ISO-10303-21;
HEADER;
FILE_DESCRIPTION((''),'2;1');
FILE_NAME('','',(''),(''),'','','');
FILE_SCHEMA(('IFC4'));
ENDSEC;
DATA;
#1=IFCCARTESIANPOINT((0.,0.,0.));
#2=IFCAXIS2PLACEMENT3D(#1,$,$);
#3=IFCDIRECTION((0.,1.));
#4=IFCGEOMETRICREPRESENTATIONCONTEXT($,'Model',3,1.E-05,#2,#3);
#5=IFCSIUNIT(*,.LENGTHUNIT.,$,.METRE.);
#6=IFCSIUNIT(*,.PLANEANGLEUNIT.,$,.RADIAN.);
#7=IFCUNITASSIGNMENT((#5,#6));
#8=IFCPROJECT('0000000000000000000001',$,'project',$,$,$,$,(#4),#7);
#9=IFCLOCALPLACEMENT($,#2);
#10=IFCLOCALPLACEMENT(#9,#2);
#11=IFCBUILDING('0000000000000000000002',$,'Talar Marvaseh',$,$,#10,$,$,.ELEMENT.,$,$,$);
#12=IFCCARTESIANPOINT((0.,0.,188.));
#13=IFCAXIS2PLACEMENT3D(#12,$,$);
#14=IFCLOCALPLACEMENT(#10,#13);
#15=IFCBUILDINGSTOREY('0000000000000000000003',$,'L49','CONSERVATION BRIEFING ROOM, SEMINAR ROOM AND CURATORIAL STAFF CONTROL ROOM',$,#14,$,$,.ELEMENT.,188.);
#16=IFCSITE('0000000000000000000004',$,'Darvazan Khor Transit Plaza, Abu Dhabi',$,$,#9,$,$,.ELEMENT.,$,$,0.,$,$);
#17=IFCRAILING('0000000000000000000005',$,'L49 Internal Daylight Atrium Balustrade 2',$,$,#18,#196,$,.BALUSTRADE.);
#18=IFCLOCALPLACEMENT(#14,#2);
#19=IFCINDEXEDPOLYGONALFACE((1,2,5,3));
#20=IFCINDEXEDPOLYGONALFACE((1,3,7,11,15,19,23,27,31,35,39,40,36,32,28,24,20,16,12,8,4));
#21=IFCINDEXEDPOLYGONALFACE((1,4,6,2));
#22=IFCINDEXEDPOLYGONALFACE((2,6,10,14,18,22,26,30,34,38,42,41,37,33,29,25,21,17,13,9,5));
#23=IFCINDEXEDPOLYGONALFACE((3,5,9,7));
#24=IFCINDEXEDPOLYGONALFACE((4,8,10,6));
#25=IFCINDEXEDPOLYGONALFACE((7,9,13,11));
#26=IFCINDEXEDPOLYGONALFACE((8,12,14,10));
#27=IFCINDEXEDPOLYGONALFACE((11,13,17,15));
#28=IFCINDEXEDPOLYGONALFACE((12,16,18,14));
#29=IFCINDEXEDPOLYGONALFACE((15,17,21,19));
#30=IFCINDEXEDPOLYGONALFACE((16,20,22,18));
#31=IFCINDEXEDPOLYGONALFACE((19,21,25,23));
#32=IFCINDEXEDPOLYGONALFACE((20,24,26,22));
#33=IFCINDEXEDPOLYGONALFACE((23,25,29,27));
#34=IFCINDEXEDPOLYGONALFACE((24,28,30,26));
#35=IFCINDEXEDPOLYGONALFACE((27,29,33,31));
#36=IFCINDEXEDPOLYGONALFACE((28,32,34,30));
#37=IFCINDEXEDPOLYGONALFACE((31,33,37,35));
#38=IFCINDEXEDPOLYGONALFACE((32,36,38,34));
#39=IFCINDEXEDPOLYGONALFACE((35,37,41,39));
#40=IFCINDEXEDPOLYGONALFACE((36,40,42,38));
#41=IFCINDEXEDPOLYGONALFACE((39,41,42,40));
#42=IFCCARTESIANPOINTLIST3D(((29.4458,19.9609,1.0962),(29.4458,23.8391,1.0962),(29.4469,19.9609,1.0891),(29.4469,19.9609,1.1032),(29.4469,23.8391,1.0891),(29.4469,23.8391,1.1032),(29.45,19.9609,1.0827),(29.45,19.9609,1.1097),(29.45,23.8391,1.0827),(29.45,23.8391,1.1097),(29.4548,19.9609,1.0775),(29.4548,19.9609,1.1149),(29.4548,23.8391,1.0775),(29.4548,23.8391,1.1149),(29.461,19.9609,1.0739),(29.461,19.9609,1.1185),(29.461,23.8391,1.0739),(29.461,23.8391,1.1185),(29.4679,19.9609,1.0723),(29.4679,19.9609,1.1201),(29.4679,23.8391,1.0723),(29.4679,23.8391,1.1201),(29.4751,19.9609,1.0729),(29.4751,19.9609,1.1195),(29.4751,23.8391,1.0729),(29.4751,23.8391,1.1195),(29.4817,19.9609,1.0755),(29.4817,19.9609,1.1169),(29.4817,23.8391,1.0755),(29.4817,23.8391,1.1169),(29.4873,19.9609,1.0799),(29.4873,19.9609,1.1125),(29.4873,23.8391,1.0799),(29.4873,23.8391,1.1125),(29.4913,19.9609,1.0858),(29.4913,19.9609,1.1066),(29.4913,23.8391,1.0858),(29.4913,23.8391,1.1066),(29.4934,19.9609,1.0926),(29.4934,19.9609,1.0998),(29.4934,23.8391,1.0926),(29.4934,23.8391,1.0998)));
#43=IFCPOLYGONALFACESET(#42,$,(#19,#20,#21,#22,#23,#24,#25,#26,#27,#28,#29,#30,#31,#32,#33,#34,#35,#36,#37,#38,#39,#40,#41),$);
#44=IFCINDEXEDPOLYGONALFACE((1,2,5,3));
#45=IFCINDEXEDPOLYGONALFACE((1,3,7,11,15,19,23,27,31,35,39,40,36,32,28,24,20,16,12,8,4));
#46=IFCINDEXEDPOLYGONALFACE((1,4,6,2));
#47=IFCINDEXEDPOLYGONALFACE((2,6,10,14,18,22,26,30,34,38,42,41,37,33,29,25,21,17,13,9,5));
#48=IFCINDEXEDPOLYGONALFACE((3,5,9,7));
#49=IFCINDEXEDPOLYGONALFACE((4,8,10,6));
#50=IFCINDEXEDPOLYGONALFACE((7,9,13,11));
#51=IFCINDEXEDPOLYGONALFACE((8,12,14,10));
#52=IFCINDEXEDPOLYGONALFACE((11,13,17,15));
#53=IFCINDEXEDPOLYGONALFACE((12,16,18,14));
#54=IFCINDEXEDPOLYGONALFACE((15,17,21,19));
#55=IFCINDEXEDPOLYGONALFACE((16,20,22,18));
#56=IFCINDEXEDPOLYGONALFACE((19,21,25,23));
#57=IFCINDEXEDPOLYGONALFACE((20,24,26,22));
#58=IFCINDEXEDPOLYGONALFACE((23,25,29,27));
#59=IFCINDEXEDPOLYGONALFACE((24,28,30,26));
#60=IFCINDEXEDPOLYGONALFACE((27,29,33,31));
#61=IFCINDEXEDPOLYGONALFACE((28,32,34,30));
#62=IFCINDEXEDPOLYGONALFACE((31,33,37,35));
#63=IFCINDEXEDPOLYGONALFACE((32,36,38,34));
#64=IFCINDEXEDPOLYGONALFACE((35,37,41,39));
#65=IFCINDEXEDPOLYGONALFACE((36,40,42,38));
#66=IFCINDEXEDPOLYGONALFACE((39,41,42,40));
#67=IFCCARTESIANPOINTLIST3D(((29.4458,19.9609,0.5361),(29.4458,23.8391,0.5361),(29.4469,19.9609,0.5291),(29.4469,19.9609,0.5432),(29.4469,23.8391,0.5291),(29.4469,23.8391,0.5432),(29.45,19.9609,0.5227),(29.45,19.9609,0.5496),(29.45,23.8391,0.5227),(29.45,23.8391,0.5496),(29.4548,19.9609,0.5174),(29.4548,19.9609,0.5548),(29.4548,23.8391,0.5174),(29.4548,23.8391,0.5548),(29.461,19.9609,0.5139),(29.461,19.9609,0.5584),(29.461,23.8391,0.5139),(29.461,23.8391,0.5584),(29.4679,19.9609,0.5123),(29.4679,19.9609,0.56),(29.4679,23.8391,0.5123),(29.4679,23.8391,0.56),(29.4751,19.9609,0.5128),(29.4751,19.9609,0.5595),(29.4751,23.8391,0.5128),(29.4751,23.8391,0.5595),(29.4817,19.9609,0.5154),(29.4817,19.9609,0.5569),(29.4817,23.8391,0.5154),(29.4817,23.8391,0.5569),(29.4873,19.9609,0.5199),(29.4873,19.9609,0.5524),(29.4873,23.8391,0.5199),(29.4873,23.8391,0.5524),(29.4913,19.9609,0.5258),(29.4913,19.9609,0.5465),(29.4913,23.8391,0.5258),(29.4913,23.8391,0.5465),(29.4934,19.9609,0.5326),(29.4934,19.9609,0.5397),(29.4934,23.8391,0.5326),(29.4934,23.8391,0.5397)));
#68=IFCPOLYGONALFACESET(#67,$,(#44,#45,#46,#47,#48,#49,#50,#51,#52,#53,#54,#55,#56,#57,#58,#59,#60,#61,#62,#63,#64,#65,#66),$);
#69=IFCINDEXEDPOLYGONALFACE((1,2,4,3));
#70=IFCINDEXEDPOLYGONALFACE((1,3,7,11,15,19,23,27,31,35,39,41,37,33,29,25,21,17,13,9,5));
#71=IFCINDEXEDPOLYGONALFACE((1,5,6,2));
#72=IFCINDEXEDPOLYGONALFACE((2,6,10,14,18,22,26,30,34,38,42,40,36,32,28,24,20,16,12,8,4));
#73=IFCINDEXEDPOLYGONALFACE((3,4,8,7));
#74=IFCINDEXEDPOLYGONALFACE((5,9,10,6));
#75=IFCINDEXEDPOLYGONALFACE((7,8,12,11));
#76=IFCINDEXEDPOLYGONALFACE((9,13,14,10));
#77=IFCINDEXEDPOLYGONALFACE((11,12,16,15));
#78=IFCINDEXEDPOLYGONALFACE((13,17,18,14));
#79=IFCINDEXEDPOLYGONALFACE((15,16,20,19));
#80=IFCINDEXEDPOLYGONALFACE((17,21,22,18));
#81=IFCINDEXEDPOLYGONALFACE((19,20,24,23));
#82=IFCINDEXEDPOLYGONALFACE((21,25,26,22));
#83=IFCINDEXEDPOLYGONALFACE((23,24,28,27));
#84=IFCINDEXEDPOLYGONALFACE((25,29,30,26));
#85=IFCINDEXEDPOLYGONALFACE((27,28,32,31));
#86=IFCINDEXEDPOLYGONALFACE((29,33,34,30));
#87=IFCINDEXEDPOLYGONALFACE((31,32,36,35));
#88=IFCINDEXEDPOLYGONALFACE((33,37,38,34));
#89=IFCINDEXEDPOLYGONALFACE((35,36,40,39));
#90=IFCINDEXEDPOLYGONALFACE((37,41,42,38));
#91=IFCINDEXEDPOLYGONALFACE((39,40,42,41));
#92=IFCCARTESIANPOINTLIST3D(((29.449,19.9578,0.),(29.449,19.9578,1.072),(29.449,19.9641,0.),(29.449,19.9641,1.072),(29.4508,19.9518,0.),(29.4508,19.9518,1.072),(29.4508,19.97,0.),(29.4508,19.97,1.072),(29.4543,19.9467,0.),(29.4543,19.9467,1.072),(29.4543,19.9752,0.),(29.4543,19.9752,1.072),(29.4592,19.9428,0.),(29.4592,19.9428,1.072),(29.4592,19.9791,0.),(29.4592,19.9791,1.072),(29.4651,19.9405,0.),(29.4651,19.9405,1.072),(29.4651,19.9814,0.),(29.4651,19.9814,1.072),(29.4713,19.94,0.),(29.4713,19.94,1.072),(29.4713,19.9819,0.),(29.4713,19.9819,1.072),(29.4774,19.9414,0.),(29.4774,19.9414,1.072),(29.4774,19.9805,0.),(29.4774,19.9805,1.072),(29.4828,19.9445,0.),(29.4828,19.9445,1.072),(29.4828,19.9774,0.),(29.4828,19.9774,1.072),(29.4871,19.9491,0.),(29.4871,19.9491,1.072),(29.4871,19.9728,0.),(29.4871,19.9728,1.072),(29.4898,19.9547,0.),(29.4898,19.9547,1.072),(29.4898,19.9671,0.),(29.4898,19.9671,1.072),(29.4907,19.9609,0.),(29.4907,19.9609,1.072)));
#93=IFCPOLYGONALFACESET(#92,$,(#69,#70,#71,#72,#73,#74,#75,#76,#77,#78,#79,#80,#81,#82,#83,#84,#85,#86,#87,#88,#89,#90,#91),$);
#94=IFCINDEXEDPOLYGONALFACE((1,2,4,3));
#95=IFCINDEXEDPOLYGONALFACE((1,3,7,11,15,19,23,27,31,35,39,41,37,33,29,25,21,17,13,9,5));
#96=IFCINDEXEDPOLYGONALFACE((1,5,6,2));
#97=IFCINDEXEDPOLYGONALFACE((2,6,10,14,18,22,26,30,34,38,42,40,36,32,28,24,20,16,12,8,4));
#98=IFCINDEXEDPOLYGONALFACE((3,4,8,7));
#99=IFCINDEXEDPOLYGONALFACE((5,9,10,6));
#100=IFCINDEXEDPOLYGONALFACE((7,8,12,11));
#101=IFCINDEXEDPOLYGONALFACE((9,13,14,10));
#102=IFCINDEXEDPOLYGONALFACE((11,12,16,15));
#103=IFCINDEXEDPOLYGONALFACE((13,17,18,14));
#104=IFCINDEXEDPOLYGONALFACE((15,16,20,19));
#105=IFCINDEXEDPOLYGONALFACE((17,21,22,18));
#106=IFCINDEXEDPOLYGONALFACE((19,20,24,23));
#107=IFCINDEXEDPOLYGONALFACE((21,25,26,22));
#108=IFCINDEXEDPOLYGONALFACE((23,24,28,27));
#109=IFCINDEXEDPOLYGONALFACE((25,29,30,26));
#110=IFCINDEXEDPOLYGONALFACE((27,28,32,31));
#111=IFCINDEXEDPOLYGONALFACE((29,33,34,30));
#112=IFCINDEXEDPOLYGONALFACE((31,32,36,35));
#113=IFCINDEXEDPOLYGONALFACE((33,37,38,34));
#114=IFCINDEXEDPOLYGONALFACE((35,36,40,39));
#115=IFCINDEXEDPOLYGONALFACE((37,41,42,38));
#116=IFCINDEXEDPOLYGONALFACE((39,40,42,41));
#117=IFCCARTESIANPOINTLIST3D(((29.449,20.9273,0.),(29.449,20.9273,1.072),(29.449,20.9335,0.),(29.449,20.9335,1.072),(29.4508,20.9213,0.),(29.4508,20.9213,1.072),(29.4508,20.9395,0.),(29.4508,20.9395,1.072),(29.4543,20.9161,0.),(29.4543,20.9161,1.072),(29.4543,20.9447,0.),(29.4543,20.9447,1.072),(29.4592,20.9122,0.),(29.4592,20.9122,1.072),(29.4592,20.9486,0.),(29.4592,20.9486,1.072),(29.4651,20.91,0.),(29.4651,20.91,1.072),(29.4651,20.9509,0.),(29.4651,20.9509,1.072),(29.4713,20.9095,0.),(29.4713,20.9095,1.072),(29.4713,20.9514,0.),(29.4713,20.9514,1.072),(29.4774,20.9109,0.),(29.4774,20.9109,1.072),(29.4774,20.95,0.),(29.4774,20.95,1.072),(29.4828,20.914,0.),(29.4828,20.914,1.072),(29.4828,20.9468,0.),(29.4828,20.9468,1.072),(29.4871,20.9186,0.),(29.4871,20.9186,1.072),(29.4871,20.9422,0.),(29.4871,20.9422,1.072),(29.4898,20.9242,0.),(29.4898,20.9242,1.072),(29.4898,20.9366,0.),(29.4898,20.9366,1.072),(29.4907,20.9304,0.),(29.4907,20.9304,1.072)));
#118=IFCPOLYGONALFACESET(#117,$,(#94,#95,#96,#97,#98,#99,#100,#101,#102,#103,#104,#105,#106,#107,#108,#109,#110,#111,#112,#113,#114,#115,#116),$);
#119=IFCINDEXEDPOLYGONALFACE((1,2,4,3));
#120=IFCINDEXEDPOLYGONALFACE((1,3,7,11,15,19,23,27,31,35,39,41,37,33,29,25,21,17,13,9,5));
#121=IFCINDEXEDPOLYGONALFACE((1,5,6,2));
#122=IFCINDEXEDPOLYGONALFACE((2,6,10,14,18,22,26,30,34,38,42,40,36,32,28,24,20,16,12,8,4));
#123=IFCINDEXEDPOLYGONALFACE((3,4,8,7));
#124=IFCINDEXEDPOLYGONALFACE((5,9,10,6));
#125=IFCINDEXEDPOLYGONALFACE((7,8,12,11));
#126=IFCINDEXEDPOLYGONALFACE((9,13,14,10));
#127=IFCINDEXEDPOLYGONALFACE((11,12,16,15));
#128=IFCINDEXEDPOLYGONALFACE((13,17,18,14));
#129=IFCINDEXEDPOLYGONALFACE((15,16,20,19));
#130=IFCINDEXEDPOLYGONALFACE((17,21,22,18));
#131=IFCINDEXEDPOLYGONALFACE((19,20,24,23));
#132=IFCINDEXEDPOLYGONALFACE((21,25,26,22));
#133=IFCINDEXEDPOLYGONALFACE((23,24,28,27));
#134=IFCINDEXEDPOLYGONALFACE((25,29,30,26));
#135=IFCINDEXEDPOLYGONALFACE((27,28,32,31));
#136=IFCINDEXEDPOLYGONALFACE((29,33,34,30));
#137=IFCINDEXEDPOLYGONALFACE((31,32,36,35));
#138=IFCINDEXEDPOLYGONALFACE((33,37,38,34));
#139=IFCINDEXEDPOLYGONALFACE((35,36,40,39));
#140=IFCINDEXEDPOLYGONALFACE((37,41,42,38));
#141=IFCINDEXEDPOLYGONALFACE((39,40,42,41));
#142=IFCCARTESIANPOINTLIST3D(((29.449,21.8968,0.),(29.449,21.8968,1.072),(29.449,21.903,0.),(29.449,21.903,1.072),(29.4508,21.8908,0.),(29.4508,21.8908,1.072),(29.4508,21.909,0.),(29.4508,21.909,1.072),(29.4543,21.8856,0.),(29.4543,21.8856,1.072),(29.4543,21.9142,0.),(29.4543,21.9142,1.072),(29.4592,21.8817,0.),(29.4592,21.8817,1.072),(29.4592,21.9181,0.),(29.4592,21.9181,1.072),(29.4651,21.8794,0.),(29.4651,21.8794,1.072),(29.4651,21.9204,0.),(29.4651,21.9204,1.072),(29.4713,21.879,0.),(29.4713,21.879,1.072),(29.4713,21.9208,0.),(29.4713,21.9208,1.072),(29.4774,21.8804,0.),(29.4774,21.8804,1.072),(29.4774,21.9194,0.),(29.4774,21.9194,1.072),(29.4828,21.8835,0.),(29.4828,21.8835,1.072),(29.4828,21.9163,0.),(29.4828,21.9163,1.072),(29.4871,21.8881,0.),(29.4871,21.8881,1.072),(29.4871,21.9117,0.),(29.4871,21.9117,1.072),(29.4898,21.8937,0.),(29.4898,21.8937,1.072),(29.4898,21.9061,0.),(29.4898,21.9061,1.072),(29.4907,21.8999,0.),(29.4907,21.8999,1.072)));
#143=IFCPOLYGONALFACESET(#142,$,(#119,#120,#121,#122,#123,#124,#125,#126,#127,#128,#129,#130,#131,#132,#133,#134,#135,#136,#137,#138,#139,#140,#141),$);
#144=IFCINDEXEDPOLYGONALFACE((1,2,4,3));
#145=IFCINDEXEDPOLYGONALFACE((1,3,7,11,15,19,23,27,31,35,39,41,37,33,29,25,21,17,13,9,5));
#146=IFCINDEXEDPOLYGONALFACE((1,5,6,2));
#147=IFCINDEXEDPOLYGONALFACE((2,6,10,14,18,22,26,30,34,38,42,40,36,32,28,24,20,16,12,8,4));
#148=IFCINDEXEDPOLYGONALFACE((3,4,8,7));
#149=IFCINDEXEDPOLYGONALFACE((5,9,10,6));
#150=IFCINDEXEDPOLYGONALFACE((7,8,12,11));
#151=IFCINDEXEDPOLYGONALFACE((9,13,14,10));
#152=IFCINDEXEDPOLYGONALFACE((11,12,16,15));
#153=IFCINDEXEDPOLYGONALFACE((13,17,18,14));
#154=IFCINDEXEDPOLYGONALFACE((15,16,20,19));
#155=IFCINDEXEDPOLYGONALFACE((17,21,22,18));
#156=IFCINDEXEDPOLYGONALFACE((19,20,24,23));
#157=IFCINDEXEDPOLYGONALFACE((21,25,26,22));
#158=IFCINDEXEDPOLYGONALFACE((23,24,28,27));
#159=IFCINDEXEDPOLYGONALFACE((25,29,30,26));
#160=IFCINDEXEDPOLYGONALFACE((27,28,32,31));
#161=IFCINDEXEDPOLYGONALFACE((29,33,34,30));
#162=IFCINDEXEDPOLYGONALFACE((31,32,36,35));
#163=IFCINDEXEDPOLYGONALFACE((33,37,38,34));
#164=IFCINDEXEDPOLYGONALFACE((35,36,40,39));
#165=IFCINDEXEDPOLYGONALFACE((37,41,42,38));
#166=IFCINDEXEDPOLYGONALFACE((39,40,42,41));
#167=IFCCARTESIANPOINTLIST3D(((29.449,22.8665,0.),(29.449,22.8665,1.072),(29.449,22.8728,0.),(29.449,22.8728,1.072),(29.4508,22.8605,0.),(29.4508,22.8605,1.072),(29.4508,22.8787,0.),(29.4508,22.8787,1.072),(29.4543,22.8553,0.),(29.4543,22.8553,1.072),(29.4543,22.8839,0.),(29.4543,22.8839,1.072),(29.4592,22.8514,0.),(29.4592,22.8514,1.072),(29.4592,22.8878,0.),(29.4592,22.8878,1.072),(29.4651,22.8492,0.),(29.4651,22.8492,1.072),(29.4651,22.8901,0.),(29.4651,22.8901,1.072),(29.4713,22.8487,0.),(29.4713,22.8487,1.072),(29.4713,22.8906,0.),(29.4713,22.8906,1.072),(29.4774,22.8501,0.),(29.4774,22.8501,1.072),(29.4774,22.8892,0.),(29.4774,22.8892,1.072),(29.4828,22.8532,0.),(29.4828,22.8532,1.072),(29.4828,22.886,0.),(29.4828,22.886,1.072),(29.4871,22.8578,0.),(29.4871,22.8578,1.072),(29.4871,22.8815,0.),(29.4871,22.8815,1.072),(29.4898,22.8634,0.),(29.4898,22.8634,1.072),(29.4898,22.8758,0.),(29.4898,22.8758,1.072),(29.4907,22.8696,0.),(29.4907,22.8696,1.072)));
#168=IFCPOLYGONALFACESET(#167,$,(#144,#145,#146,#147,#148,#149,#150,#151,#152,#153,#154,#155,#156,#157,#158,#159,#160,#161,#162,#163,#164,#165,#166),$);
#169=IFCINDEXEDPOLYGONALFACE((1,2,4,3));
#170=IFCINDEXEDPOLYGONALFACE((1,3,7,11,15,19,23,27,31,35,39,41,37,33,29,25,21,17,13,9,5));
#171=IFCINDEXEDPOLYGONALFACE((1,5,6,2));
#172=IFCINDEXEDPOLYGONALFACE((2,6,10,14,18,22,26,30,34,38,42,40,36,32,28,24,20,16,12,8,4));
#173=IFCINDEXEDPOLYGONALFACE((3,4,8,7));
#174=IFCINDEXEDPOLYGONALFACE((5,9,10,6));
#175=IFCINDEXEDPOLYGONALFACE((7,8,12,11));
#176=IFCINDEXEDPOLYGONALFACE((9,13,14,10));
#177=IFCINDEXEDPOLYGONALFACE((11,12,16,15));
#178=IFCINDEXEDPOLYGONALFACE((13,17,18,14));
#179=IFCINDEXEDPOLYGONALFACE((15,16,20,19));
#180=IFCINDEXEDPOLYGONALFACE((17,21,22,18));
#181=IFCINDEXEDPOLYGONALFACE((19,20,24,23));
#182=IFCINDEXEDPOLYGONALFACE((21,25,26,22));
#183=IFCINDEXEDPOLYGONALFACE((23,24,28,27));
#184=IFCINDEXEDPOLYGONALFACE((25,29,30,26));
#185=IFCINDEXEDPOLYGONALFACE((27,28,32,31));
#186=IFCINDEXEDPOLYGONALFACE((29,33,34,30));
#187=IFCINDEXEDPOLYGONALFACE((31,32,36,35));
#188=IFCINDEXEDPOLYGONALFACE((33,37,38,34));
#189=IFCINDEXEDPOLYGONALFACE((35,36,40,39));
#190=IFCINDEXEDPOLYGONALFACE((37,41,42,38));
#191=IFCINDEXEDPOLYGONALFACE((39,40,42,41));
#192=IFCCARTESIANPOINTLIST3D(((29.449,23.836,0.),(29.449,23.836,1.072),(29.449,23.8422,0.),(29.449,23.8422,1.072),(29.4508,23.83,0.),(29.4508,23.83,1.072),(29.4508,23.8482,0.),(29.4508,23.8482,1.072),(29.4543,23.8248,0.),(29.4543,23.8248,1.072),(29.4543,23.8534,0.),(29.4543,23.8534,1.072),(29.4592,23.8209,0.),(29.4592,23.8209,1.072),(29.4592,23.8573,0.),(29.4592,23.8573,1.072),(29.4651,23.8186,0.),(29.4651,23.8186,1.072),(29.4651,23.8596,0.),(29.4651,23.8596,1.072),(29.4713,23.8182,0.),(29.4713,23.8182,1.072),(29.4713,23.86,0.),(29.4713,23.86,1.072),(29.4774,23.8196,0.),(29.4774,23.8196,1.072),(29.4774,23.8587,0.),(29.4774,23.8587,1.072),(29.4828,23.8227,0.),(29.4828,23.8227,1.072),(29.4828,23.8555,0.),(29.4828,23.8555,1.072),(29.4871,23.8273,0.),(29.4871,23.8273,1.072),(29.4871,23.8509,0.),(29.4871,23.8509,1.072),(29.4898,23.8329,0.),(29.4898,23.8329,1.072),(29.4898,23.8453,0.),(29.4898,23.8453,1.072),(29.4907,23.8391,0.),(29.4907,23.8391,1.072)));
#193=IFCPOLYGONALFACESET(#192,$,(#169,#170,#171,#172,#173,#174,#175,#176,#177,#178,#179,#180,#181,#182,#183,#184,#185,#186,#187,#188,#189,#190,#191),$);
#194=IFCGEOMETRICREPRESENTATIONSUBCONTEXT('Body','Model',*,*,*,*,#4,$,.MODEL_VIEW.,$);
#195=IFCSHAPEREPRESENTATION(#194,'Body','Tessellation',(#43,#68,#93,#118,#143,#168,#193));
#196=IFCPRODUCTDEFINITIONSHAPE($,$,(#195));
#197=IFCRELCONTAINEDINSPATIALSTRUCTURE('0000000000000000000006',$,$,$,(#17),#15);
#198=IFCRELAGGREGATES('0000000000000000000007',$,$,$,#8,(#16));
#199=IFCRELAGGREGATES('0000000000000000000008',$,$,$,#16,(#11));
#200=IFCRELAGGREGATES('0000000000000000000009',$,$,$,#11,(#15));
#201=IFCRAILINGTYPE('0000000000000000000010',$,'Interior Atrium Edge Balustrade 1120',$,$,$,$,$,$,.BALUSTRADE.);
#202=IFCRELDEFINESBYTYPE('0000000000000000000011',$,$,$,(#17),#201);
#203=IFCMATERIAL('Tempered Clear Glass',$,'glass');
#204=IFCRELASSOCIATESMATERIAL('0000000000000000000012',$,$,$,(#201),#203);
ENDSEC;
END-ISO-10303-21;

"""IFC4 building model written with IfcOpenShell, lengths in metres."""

from ifc_helpers import new_model, si_unit, direction, frame, origin, origin_2d, place, context, subcontext, project, spatial, circle, extrude, material, type_object, element, save


model = new_model("IFC4")

# Units and contexts
model_context = context("Model", 3, precision=1e-05, world=origin(), true_north=direction((0.0, 1.0)))
body_context = subcontext(model_context, "Body", "Model", "MODEL_VIEW")
ifc_project = project(units=[si_unit("LENGTHUNIT", "METRE"), si_unit("PLANEANGLEUNIT", "RADIAN")], contexts=[model_context])

# Site, building, storey
site_placement = place(None, origin())
site = spatial("IfcSite", under=ifc_project, at=site_placement, Name="Darvazan Khor Transit Plaza, Abu Dhabi", CompositionType="ELEMENT", RefElevation=0.0)
building_placement = place(site_placement, origin())
building = spatial("IfcBuilding", under=site, at=building_placement, Name="Talar Marvaseh", CompositionType="ELEMENT")
storey_placement = place(building_placement, frame((0.0, 0.0, 188.0)))
storey = spatial("IfcBuildingStorey", under=building, at=storey_placement, Name="L49", Description="CONSERVATION BRIEFING ROOM, SEMINAR ROOM AND CURATORIAL STAFF CONTROL ROOM", CompositionType="ELEMENT", Elevation=188.0)

# Railing
ifc_material_1 = material(Name="Tempered Clear Glass", Category="glass")
railing_type = type_object("IfcRailingType", Name="Interior Atrium Edge Balustrade 1120", PredefinedType="BALUSTRADE", material=ifc_material_1)
railing_1_placement = place(storey_placement, frame((29.4697, 19.9609, 0.0)))
element("IfcRailing", 1, at=railing_1_placement, inside=storey, type_object=railing_type, Name="L49 Internal Daylight Atrium Balustrade 2", PredefinedType="BALUSTRADE", context=body_context, shape_type="SweptSolid", body=[
    extrude(circle(Radius=0.0239, at=origin_2d()), frame((0.0, 0.0, 1.0962), z_axis=(0.0, 1.0, 0.0), x_axis=(-1.0, 0.0, 0.0)), (0.0, 0.0, 1.0), 3.8782),
    extrude(circle(Radius=0.0239, at=origin_2d()), frame((0.0, 0.0, 0.5361), z_axis=(0.0, 1.0, 0.0), x_axis=(-1.0, 0.0, 0.0)), (0.0, 0.0, 1.0), 3.8782),
    extrude(circle(Radius=0.021, at=origin_2d()), origin(), (0.0, 0.0, 1.0), 1.072),
    extrude(circle(Radius=0.021, at=origin_2d()), frame((0.0, 0.9695, 0.0)), (0.0, 0.0, 1.0), 1.072),
    extrude(circle(Radius=0.021, at=origin_2d()), frame((0.0, 1.939, 0.0)), (0.0, 0.0, 1.0), 1.072),
    extrude(circle(Radius=0.021, at=origin_2d()), frame((0.0, 2.9087, 0.0)), (0.0, 0.0, 1.0), 1.072),
    extrude(circle(Radius=0.021, at=origin_2d()), frame((0.0, 3.8782, 0.0)), (0.0, 0.0, 1.0), 1.072),
])

save(model, "model.ifc")
